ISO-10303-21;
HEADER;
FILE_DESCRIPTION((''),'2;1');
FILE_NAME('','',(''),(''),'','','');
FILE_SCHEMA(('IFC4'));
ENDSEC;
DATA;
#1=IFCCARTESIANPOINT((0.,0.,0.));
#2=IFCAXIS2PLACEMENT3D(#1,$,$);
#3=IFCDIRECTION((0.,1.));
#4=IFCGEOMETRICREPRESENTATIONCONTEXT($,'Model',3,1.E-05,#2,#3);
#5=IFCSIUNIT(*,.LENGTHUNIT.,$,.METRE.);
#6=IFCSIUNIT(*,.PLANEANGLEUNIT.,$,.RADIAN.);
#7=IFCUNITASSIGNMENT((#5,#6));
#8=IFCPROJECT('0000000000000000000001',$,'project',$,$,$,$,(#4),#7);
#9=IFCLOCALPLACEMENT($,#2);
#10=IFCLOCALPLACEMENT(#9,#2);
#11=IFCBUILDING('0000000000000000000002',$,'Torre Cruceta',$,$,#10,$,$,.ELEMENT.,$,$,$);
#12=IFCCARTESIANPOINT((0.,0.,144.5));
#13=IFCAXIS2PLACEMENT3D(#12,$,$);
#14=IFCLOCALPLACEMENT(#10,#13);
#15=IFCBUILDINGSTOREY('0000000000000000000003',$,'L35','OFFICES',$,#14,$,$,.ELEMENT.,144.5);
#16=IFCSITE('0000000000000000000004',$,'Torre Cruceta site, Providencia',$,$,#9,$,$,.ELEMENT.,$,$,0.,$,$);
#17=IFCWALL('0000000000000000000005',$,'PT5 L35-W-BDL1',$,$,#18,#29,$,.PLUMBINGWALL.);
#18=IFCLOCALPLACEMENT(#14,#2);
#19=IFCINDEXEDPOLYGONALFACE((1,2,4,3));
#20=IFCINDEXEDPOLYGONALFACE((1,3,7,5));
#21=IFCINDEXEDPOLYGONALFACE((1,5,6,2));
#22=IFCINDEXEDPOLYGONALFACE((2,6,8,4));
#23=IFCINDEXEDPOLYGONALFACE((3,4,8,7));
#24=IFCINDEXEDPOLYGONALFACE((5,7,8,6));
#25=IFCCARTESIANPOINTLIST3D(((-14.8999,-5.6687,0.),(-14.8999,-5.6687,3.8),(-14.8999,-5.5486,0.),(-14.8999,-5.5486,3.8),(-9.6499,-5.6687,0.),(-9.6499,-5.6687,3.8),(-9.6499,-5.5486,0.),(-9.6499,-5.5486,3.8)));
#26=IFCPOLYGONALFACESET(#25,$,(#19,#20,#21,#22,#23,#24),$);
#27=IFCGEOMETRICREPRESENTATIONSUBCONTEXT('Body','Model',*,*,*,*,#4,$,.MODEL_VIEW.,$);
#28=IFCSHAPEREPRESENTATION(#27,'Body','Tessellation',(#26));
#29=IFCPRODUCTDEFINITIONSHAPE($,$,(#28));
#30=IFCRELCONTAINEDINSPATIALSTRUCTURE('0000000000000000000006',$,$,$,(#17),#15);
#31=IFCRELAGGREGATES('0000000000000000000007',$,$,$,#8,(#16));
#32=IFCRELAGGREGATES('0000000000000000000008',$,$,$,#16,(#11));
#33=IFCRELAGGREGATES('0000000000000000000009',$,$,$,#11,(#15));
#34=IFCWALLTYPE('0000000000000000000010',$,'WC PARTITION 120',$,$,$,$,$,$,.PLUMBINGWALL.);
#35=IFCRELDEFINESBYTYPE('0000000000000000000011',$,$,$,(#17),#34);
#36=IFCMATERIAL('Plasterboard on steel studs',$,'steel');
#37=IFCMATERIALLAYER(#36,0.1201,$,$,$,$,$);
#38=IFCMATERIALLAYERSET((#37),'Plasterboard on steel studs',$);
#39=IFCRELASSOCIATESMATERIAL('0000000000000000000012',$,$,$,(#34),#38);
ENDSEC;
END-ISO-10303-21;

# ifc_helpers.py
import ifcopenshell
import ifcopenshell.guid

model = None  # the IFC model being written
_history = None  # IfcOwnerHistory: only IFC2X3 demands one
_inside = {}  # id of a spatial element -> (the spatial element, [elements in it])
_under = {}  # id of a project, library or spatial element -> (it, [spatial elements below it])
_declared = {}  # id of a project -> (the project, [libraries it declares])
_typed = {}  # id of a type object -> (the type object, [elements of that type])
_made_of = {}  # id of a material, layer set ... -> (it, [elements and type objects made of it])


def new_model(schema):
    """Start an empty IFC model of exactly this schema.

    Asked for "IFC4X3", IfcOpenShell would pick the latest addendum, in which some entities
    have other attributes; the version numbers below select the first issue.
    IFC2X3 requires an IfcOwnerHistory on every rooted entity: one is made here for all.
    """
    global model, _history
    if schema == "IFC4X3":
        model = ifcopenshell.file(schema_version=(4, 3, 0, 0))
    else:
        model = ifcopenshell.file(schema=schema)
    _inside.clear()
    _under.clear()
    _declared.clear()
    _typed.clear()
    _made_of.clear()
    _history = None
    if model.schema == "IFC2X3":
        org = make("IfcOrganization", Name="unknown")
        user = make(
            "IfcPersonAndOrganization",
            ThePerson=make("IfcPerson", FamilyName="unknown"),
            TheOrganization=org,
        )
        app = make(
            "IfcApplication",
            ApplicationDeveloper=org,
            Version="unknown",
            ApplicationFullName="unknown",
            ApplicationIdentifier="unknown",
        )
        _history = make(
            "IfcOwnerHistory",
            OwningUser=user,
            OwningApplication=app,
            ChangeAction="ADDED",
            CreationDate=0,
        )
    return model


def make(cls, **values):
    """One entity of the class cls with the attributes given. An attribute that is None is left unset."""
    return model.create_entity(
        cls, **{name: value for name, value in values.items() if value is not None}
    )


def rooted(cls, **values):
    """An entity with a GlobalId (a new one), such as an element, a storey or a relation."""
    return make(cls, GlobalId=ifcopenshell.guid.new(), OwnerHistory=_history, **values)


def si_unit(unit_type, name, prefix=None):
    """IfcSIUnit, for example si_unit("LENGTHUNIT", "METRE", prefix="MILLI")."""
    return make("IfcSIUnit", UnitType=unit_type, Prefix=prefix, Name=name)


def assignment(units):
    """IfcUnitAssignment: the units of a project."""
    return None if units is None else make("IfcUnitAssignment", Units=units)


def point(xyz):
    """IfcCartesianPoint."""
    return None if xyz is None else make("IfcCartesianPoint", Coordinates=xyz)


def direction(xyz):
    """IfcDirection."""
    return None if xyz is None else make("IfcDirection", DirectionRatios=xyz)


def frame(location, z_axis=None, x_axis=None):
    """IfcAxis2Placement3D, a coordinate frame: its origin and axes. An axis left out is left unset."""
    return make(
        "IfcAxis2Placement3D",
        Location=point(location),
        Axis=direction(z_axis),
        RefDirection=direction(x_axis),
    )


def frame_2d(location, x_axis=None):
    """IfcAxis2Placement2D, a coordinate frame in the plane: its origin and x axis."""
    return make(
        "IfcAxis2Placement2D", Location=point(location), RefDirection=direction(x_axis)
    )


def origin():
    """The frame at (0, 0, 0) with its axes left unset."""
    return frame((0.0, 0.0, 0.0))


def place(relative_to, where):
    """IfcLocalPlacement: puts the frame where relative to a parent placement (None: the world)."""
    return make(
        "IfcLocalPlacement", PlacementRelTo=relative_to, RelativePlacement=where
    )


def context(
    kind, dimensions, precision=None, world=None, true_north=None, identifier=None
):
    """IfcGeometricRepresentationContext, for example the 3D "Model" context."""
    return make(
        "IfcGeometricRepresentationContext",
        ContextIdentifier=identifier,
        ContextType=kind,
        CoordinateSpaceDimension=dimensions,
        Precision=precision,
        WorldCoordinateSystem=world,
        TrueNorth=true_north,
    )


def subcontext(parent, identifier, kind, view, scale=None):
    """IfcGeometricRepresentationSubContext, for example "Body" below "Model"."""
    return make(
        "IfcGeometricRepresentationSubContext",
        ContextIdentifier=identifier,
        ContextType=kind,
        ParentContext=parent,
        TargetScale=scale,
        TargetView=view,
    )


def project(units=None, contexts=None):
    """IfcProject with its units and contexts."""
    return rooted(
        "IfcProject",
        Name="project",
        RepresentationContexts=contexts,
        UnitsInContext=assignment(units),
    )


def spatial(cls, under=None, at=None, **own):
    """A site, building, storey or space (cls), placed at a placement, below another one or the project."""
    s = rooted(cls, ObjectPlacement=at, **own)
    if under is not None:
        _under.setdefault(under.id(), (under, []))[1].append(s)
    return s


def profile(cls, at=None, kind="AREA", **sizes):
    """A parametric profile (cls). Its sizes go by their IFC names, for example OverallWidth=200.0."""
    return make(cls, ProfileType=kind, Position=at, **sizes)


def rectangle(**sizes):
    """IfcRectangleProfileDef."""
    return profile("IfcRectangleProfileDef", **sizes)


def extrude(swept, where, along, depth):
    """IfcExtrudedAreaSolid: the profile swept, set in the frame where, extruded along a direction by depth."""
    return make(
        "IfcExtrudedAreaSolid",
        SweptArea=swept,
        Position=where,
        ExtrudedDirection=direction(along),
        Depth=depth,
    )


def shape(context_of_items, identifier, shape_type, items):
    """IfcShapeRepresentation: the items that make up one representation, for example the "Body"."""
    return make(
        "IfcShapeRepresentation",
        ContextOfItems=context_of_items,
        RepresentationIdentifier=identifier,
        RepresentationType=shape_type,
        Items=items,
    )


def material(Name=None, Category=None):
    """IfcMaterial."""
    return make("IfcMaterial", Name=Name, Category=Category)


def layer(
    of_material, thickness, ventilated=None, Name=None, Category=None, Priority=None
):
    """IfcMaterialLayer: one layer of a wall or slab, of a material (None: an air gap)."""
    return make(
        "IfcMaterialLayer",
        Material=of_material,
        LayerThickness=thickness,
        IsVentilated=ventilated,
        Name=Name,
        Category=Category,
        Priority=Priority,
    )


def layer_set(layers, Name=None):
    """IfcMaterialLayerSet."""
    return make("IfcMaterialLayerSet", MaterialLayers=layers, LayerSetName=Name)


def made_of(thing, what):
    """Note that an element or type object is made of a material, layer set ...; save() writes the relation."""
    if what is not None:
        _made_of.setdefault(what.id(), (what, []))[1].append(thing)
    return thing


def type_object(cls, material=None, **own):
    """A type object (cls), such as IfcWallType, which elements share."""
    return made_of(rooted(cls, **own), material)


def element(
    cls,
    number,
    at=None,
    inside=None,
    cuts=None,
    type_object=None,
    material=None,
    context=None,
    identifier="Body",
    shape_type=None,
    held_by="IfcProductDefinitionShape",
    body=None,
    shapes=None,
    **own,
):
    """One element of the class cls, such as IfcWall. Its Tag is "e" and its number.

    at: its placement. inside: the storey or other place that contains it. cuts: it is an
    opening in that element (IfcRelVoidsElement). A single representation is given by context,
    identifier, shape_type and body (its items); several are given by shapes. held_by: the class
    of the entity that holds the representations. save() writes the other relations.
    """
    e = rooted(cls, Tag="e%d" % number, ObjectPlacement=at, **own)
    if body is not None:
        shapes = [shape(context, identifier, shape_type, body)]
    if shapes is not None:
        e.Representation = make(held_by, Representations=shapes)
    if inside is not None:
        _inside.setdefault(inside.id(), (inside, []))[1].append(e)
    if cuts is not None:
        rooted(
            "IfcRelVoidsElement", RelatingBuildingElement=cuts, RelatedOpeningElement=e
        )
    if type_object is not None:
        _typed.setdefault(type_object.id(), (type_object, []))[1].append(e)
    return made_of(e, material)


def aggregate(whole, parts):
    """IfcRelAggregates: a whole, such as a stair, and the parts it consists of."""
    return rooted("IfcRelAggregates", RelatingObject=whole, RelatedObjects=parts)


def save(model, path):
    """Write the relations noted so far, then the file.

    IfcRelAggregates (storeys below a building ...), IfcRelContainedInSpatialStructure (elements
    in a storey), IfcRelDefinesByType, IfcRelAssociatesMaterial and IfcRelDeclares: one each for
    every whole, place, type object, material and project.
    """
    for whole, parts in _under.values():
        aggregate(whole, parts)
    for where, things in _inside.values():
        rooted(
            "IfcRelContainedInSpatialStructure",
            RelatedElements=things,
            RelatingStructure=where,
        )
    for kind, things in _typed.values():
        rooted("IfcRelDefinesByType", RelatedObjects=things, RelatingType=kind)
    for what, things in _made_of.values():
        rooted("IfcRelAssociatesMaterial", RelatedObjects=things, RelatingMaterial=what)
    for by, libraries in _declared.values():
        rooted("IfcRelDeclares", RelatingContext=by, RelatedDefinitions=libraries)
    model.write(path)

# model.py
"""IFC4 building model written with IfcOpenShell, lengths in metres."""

from ifc_helpers import new_model, si_unit, direction, frame, frame_2d, origin, place, context, subcontext, project, spatial, rectangle, extrude, material, layer, layer_set, type_object, element, save


model = new_model("IFC4")

# Units and contexts
model_context = context("Model", 3, precision=1e-05, world=origin(), true_north=direction((0.0, 1.0)))
body_context = subcontext(model_context, "Body", "Model", "MODEL_VIEW")
ifc_project = project(units=[si_unit("LENGTHUNIT", "METRE"), si_unit("PLANEANGLEUNIT", "RADIAN")], contexts=[model_context])

# Site, building, storey
site_placement = place(None, origin())
site = spatial("IfcSite", under=ifc_project, at=site_placement, Name="Torre Cruceta site, Providencia", CompositionType="ELEMENT", RefElevation=0.0)
building_placement = place(site_placement, origin())
building = spatial("IfcBuilding", under=site, at=building_placement, Name="Torre Cruceta", CompositionType="ELEMENT")
storey_placement = place(building_placement, frame((0.0, 0.0, 144.5)))
storey = spatial("IfcBuildingStorey", under=building, at=storey_placement, Name="L35", Description="OFFICES", CompositionType="ELEMENT", Elevation=144.5)

# Wall
ifc_material_1 = material(Name="Plasterboard on steel studs", Category="steel")
ifc_layer_1 = layer(ifc_material_1, 0.1201)
ifc_layer_set_1 = layer_set([ifc_layer_1], Name="Plasterboard on steel studs")
wall_type_1 = type_object("IfcWallType", Name="WC PARTITION 120", PredefinedType="PLUMBINGWALL", material=ifc_layer_set_1)
wall_1_placement = place(storey_placement, frame((-9.6499, -5.6086, 0.0), z_axis=(0.0, 0.0, 1.0), x_axis=(-1.0, 0.0, 0.0)))
element("IfcWall", 1, at=wall_1_placement, inside=storey, type_object=wall_type_1, Name="PT5 L35-W-BDL1", PredefinedType="PLUMBINGWALL", context=body_context, shape_type="SweptSolid", body=[
    extrude(rectangle(XDim=5.25, YDim=0.1201, at=frame_2d((2.625, 0.0))), origin(), (0.0, 0.0, 1.0), 3.8),
])

save(model, "model.ifc")
